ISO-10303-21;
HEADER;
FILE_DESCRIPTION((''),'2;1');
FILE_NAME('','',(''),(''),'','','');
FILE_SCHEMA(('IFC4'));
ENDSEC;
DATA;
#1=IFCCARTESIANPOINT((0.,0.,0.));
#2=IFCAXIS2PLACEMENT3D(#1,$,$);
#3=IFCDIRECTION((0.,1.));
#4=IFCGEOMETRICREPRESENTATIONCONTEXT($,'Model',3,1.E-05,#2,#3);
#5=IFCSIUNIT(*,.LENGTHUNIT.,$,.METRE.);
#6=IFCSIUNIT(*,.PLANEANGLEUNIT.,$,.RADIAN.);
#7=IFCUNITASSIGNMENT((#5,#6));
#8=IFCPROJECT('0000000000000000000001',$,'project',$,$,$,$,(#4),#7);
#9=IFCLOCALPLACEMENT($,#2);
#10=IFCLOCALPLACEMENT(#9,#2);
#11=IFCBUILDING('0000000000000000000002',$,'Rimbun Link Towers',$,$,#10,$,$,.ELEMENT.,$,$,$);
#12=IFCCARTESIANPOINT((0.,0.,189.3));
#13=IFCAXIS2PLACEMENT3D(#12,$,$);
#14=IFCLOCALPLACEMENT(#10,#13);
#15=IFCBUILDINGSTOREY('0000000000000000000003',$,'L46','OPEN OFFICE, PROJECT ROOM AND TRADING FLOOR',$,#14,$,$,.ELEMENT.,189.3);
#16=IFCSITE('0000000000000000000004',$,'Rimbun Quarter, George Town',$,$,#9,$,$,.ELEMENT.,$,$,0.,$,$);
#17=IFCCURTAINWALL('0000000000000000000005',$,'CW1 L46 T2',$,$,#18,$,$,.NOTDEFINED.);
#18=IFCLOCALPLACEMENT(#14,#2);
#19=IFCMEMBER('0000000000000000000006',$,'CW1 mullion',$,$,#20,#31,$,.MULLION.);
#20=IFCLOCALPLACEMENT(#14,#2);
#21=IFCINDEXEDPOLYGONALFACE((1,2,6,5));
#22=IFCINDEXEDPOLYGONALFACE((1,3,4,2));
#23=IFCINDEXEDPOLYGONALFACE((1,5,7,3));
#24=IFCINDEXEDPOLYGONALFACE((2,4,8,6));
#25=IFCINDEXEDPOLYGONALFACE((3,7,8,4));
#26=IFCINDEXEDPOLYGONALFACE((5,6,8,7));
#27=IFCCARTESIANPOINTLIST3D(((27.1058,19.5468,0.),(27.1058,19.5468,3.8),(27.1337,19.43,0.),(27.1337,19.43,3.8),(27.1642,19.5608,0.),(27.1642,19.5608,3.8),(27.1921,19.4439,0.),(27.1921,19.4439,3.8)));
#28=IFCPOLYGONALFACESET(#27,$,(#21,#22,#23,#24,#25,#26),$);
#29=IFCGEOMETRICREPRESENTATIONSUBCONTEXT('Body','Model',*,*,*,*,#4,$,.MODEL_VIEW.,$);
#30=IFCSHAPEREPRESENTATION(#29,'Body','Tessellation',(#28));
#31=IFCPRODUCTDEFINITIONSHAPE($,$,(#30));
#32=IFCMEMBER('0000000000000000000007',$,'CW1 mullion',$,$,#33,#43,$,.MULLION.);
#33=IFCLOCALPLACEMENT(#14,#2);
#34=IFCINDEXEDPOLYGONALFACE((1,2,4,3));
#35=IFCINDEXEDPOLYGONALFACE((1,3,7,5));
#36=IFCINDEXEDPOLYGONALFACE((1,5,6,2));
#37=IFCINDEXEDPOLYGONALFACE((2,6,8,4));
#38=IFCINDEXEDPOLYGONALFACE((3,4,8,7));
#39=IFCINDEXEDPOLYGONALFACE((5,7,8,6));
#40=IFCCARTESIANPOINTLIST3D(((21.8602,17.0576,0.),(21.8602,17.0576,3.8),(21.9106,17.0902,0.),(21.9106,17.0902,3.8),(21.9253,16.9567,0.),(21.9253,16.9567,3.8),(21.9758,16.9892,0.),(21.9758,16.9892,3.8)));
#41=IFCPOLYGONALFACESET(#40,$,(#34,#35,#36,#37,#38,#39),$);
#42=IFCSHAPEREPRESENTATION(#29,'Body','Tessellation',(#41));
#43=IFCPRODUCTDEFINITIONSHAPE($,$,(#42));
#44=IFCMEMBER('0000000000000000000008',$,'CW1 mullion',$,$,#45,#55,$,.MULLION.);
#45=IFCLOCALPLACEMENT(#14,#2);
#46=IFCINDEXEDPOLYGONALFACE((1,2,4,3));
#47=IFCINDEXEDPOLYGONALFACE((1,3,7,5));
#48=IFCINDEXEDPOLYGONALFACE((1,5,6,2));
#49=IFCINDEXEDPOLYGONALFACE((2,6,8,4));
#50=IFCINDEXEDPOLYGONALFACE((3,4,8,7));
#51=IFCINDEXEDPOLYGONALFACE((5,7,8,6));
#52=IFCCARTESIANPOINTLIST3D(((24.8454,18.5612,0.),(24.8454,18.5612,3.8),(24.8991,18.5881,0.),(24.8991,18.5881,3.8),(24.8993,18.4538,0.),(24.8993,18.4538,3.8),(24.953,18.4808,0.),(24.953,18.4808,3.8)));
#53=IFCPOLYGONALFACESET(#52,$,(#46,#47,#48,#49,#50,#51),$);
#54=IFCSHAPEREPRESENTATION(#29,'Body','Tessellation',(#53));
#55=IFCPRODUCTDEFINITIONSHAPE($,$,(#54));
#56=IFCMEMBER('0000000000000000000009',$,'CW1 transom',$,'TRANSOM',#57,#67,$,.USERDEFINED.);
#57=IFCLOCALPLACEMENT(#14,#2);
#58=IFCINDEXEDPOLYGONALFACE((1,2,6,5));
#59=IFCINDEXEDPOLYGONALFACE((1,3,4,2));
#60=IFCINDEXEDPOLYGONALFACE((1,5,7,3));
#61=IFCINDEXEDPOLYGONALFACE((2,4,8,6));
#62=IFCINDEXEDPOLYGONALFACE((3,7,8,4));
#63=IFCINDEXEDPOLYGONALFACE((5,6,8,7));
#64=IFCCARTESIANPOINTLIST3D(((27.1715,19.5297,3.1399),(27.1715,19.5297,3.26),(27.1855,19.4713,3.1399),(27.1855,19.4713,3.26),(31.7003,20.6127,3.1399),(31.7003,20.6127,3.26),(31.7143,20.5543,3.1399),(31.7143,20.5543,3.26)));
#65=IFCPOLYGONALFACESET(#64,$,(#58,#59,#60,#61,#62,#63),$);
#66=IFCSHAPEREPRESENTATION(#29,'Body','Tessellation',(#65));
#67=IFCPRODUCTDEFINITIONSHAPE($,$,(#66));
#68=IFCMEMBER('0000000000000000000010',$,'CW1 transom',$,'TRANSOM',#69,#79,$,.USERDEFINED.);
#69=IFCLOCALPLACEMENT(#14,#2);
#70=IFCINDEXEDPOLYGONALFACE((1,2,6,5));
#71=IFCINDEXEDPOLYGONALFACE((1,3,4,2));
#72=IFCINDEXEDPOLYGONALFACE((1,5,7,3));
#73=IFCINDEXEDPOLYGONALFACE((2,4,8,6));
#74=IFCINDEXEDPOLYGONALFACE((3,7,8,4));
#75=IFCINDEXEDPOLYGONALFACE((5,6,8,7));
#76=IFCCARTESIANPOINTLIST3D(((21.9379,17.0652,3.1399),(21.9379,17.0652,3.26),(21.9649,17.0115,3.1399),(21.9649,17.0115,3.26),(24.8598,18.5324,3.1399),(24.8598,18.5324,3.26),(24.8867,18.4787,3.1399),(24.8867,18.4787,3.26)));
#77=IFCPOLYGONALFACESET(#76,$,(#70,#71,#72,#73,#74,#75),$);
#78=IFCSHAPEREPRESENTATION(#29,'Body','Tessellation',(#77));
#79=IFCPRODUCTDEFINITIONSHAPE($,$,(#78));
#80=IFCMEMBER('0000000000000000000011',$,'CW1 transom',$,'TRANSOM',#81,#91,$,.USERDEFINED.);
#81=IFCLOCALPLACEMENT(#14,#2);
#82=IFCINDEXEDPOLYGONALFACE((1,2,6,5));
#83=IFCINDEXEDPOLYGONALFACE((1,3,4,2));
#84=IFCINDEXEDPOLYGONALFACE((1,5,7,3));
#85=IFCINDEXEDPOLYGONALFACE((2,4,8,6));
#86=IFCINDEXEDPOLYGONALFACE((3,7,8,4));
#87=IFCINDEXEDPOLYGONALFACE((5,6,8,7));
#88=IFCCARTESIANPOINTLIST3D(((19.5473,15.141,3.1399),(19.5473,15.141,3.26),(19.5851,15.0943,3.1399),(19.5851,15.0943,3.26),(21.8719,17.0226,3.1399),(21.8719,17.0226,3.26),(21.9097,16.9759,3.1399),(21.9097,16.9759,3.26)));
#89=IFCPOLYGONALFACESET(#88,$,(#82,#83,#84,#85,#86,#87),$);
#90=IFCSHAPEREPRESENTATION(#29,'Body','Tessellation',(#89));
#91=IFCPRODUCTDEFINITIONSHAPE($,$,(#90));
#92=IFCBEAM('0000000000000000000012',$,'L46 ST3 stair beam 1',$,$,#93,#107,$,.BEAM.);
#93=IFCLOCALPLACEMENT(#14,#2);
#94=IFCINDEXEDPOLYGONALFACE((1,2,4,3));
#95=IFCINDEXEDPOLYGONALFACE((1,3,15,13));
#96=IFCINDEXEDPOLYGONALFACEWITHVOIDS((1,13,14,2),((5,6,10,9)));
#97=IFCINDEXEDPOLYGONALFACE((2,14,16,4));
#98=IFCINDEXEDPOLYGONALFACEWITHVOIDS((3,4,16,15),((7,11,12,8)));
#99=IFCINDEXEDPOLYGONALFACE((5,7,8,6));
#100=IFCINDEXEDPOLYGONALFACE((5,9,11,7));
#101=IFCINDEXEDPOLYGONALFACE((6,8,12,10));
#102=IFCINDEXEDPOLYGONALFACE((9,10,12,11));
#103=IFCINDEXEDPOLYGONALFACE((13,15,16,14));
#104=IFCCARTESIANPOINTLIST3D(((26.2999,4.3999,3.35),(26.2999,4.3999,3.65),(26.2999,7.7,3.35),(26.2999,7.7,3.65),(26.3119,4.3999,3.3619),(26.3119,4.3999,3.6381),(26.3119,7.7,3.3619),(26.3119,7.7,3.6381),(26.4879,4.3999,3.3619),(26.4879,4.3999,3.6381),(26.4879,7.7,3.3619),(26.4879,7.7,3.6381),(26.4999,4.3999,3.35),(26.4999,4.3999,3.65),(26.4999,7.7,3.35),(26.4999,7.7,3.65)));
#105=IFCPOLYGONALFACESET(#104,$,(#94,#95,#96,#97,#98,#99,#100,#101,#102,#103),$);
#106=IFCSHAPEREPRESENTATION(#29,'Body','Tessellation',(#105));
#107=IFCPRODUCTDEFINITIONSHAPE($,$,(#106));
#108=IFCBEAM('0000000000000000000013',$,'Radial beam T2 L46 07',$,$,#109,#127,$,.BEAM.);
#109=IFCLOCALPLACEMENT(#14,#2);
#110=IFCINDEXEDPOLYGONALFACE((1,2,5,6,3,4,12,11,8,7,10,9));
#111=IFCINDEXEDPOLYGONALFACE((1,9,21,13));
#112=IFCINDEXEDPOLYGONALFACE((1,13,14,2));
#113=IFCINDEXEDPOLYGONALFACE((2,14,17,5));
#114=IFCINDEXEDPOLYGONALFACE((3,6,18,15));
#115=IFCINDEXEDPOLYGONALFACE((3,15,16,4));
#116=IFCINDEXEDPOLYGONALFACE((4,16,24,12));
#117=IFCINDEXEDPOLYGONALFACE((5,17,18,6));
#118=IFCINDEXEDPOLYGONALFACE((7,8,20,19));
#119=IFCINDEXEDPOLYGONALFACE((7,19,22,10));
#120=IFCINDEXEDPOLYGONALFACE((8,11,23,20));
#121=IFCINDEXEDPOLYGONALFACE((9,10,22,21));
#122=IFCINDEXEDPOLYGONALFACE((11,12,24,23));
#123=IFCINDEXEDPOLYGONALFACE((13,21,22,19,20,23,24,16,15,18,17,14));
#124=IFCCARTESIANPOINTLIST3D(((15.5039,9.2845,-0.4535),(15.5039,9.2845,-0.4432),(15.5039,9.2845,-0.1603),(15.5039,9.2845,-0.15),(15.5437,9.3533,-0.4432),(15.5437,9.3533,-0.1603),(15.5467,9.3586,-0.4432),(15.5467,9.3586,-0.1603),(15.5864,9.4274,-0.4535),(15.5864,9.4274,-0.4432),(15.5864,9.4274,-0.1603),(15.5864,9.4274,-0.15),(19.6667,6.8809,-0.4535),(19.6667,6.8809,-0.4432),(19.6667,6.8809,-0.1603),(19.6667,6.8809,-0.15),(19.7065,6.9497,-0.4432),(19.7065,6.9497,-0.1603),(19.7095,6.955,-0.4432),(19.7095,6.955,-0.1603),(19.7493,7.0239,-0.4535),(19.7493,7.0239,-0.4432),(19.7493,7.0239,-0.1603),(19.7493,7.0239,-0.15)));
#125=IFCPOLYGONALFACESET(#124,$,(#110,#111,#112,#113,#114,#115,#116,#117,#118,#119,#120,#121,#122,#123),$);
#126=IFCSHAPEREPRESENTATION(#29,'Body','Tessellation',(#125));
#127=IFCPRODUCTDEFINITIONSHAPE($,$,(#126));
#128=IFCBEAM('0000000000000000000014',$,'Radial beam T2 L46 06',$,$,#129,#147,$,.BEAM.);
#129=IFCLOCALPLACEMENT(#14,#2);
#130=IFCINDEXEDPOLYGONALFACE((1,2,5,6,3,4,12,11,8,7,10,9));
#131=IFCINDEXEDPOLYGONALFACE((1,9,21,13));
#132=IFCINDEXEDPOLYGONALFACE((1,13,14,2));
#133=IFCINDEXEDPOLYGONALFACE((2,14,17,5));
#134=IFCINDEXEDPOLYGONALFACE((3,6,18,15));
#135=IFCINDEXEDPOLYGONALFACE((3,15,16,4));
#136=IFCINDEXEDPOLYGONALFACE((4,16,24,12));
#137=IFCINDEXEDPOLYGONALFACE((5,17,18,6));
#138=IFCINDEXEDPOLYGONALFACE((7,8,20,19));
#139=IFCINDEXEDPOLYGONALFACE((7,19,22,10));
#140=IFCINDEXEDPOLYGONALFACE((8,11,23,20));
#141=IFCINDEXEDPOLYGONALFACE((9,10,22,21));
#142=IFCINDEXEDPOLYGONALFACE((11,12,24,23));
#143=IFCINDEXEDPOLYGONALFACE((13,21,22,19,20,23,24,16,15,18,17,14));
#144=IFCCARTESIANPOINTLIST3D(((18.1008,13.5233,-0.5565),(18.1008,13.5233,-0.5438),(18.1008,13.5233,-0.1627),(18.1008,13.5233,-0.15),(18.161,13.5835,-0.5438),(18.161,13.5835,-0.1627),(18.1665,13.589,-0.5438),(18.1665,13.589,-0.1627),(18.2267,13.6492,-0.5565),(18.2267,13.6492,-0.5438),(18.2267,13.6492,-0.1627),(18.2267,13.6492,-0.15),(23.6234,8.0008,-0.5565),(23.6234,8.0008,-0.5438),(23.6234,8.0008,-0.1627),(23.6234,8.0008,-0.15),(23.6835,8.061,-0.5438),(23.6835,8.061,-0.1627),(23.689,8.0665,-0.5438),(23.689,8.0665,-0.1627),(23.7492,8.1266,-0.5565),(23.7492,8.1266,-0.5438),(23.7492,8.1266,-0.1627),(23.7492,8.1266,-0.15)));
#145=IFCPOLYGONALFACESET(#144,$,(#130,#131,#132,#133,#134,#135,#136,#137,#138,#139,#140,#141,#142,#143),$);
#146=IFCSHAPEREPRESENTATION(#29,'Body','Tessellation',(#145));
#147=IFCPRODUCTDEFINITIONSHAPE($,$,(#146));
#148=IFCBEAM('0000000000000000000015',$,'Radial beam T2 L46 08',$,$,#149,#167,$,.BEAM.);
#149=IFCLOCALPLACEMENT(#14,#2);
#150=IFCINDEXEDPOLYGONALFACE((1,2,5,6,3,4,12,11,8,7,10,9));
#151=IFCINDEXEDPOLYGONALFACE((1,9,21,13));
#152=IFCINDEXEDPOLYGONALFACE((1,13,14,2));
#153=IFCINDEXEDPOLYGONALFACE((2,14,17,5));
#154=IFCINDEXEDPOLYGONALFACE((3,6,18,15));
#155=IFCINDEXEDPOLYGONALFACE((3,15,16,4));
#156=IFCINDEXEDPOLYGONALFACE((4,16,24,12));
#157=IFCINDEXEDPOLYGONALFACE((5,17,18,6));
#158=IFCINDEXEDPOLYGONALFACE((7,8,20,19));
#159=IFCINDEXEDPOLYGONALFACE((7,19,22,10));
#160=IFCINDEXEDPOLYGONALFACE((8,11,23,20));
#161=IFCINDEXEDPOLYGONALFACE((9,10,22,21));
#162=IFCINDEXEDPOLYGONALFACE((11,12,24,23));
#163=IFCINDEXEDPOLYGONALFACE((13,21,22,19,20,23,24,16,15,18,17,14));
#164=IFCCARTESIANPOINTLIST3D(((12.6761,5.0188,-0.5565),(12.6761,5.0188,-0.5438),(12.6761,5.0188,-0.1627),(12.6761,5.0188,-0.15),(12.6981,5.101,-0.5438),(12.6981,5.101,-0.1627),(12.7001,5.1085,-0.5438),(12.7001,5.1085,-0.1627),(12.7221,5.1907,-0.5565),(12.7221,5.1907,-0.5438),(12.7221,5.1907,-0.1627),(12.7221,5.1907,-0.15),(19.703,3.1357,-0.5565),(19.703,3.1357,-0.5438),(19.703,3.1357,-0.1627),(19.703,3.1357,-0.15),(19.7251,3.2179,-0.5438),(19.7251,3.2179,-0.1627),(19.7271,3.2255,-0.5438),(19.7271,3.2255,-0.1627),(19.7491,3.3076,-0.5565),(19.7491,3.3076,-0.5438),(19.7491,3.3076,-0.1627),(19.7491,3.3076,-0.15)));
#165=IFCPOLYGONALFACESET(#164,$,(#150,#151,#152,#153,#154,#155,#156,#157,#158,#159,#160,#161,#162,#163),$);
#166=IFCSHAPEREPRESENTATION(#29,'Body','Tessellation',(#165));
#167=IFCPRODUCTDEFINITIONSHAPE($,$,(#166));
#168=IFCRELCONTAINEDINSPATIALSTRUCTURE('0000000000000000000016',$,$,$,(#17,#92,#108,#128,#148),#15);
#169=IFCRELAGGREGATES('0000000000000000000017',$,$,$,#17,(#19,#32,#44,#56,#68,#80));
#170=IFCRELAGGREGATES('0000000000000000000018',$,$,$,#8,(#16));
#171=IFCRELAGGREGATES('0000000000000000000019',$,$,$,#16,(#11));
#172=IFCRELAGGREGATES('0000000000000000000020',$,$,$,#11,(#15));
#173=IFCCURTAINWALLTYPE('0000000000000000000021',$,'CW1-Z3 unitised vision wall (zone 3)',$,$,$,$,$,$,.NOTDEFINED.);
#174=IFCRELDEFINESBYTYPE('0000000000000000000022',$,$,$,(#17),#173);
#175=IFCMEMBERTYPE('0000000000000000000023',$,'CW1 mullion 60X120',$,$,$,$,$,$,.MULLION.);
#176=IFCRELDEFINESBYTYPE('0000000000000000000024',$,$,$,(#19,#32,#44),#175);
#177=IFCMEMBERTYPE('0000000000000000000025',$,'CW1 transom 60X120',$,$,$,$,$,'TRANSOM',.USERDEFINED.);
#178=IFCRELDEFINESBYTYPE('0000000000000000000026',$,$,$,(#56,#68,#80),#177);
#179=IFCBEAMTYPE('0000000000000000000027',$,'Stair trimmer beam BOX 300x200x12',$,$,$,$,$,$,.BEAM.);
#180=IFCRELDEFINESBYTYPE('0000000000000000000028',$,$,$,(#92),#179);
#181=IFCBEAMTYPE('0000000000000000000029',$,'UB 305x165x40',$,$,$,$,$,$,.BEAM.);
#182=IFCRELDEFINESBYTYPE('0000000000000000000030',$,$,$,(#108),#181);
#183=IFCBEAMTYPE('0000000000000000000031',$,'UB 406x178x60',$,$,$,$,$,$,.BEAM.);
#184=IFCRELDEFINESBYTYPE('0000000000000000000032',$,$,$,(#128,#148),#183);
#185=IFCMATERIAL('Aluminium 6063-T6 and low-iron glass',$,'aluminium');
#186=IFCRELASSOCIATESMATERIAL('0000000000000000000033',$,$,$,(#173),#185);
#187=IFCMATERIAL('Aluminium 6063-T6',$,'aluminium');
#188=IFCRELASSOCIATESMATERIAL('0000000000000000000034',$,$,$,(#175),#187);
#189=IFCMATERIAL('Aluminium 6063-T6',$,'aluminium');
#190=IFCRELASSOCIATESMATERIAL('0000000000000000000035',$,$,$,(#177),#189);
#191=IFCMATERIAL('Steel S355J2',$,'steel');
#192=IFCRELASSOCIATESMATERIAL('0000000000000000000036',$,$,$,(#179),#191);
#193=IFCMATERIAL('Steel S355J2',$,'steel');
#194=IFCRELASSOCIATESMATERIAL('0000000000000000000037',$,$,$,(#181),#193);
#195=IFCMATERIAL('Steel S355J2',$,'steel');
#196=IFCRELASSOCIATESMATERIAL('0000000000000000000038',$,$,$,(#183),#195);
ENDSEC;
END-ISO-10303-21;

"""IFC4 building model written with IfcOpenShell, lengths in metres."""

from ifc_helpers import new_model, si_unit, direction, frame, origin, origin_2d, place, context, subcontext, project, spatial, rectangle, hollow_rectangle, i_section, extrude, material, material_profile, profile_set, type_object, element, aggregate, save


model = new_model("IFC4")

# Units and contexts
model_context = context("Model", 3, precision=1e-05, world=origin(), true_north=direction((0.0, 1.0)))
body_context = subcontext(model_context, "Body", "Model", "MODEL_VIEW")
ifc_project = project(units=[si_unit("LENGTHUNIT", "METRE"), si_unit("PLANEANGLEUNIT", "RADIAN")], contexts=[model_context])

# Site, building, storey
site_placement = place(None, origin())
site = spatial("IfcSite", under=ifc_project, at=site_placement, Name="Rimbun Quarter, George Town", CompositionType="ELEMENT", RefElevation=0.0)
building_placement = place(site_placement, origin())
building = spatial("IfcBuilding", under=site, at=building_placement, Name="Rimbun Link Towers", CompositionType="ELEMENT")
storey_placement = place(building_placement, frame((0.0, 0.0, 189.3)))
storey = spatial("IfcBuildingStorey", under=building, at=storey_placement, Name="L46", Description="OPEN OFFICE, PROJECT ROOM AND TRADING FLOOR", CompositionType="ELEMENT", Elevation=189.3)

# Curtain wall, members
ifc_material_1 = material(Name="Aluminium 6063-T6 and low-iron glass", Category="aluminium")
curtain_wall_type = type_object("IfcCurtainWallType", Name="CW1-Z3 unitised vision wall (zone 3)", PredefinedType="NOTDEFINED", material=ifc_material_1)
curtain_wall_placement = place(storey_placement, origin())
curtain_wall = element("IfcCurtainWall", 1, at=curtain_wall_placement, inside=storey, type_object=curtain_wall_type, Name="CW1 L46 T2", PredefinedType="NOTDEFINED")
ifc_material_2 = material(Name="Aluminium 6063-T6", Category="aluminium")
ifc_material_profile_1 = material_profile(ifc_material_2, rectangle(XDim=0.1201, YDim=0.0601, at=origin_2d()), Name="MULLION 60X120")
ifc_profile_set_1 = profile_set([ifc_material_profile_1], Name="Aluminium 6063-T6")
member_type_1 = type_object("IfcMemberType", Name="CW1 mullion 60X120", PredefinedType="MULLION", material=ifc_profile_set_1)
member_1_placement = place(storey_placement, frame((27.1489, 19.4954, 0.0), z_axis=(0.0, 0.0, 1.0), x_axis=(-0.232596, 0.972573, 0.0)))
member_1 = element("IfcMember", 2, at=member_1_placement, type_object=member_type_1, Name="CW1 mullion", PredefinedType="MULLION", context=body_context, shape_type="SweptSolid", body=[
    extrude(rectangle(XDim=0.1201, YDim=0.0601, at=origin_2d()), origin(), (0.0, 0.0, 1.0), 3.8),
])
member_2_placement = place(storey_placement, frame((21.918, 17.0234, 0.0), z_axis=(0.0, 0.0, 1.0), x_axis=(-0.542094, 0.840318, 0.0)))
member_2 = element("IfcMember", 3, at=member_2_placement, type_object=member_type_1, Name="CW1 mullion", PredefinedType="MULLION", context=body_context, shape_type="SweptSolid", body=[
    extrude(rectangle(XDim=0.1201, YDim=0.0601, at=origin_2d()), origin(), (0.0, 0.0, 1.0), 3.8),
])
member_3_placement = place(storey_placement, frame((24.8992, 18.521, 0.0), z_axis=(0.0, 0.0, 1.0), x_axis=(-0.448781, 0.893642, 0.0)))
member_3 = element("IfcMember", 4, at=member_3_placement, type_object=member_type_1, Name="CW1 mullion", PredefinedType="MULLION", context=body_context, shape_type="SweptSolid", body=[
    extrude(rectangle(XDim=0.1201, YDim=0.0601, at=origin_2d()), origin(), (0.0, 0.0, 1.0), 3.8),
])
ifc_material_3 = material(Name="Aluminium 6063-T6", Category="aluminium")
ifc_material_profile_2 = material_profile(ifc_material_3, rectangle(XDim=0.0601, YDim=0.1201, at=origin_2d()), Name="TRANSOM 60X120")
ifc_profile_set_2 = profile_set([ifc_material_profile_2], Name="Aluminium 6063-T6")
member_type_2 = type_object("IfcMemberType", Name="CW1 transom 60X120", ElementType="TRANSOM", PredefinedType="USERDEFINED", material=ifc_profile_set_2)
member_4_placement = place(storey_placement, frame((27.1785, 19.5005, 3.2), z_axis=(0.972577, 0.23258, 0.0), x_axis=(-0.23258, 0.972577, 0.0)))
member_4 = element("IfcMember", 5, at=member_4_placement, type_object=member_type_2, Name="CW1 transom", ObjectType="TRANSOM", PredefinedType="USERDEFINED", context=body_context, shape_type="SweptSolid", body=[
    extrude(rectangle(XDim=0.0601, YDim=0.1201, at=origin_2d()), origin(), (0.0, 0.0, 1.0), 4.6565),
])
member_5_placement = place(storey_placement, frame((21.9514, 17.0383, 3.2), z_axis=(0.893649, 0.448766, 0.0), x_axis=(-0.448766, 0.893649, 0.0)))
member_5 = element("IfcMember", 6, at=member_5_placement, type_object=member_type_2, Name="CW1 transom", ObjectType="TRANSOM", PredefinedType="USERDEFINED", context=body_context, shape_type="SweptSolid", body=[
    extrude(rectangle(XDim=0.0601, YDim=0.1201, at=origin_2d()), origin(), (0.0, 0.0, 1.0), 3.2695),
])
member_6_placement = place(storey_placement, frame((19.5662, 15.1177, 3.2), z_axis=(0.777296, 0.629135, 0.0), x_axis=(-0.629135, 0.777296, 0.0)))
member_6 = element("IfcMember", 7, at=member_6_placement, type_object=member_type_2, Name="CW1 transom", ObjectType="TRANSOM", PredefinedType="USERDEFINED", context=body_context, shape_type="SweptSolid", body=[
    extrude(rectangle(XDim=0.0601, YDim=0.1201, at=origin_2d()), origin(), (0.0, 0.0, 1.0), 2.9907),
])

# Beams
ifc_material_4 = material(Name="Steel S355J2", Category="steel")
ifc_material_profile_3 = material_profile(ifc_material_4, hollow_rectangle(XDim=0.2, YDim=0.3, WallThickness=0.012, at=origin_2d()), Name="BOX 300x200x12")
ifc_profile_set_3 = profile_set([ifc_material_profile_3], Name="Steel S355J2")
beam_type_1 = type_object("IfcBeamType", Name="Stair trimmer beam BOX 300x200x12", PredefinedType="BEAM", material=ifc_profile_set_3)
beam_1_placement = place(storey_placement, frame((26.3999, 7.7, 3.5), z_axis=(0.0, -1.0, 0.0), x_axis=(1.0, 0.0, 0.0)))
element("IfcBeam", 8, at=beam_1_placement, inside=storey, type_object=beam_type_1, Name="L46 ST3 stair beam 1", PredefinedType="BEAM", context=body_context, shape_type="SweptSolid", body=[
    extrude(hollow_rectangle(XDim=0.2, YDim=0.3, WallThickness=0.012, at=origin_2d()), origin(), (0.0, 0.0, 1.0), 3.3),
])
ifc_material_5 = material(Name="Steel S355J2", Category="steel")
ifc_material_profile_4 = material_profile(ifc_material_5, i_section(OverallWidth=0.165, OverallDepth=0.3035, WebThickness=0.0061, FlangeThickness=0.0103, at=origin_2d()), Name="UB 305x165x40")
ifc_profile_set_4 = profile_set([ifc_material_profile_4], Name="Steel S355J2")
beam_type_2 = type_object("IfcBeamType", Name="UB 305x165x40", PredefinedType="BEAM", material=ifc_profile_set_4)
beam_2_placement = place(storey_placement, frame((19.708, 6.9524, -0.3018), z_axis=(-0.866012, 0.500023, 0.0), x_axis=(-0.500023, -0.866012, 0.0)))
element("IfcBeam", 9, at=beam_2_placement, inside=storey, type_object=beam_type_2, Name="Radial beam T2 L46 07", PredefinedType="BEAM", context=body_context, shape_type="SweptSolid", body=[
    extrude(i_section(OverallWidth=0.165, OverallDepth=0.3035, WebThickness=0.0061, FlangeThickness=0.0103, at=origin_2d()), origin(), (0.0, 0.0, 1.0), 4.8069),
])
ifc_material_6 = material(Name="Steel S355J2", Category="steel")
ifc_material_profile_5 = material_profile(ifc_material_6, i_section(OverallWidth=0.178, OverallDepth=0.4065, WebThickness=0.0078, FlangeThickness=0.0127, at=origin_2d()), Name="UB 406x178x60")
ifc_profile_set_5 = profile_set([ifc_material_profile_5], Name="Steel S355J2")
beam_type_3 = type_object("IfcBeamType", Name="UB 406x178x60", PredefinedType="BEAM", material=ifc_profile_set_5)
beam_3_placement = place(storey_placement, frame((23.6863, 8.0637, -0.3533), z_axis=(-0.707107, 0.707107, 0.0), x_axis=(-0.707107, -0.707107, 0.0)))
element("IfcBeam", 10, at=beam_3_placement, inside=storey, type_object=beam_type_3, Name="Radial beam T2 L46 06", PredefinedType="BEAM", context=body_context, shape_type="SweptSolid", body=[
    extrude(i_section(OverallWidth=0.178, OverallDepth=0.4065, WebThickness=0.0078, FlangeThickness=0.0127, at=origin_2d()), origin(), (0.0, 0.0, 1.0), 7.8101),
])
beam_4_placement = place(storey_placement, frame((19.7261, 3.2217, -0.3533), z_axis=(-0.965918, 0.258847, 0.0), x_axis=(-0.258847, -0.965918, 0.0)))
element("IfcBeam", 11, at=beam_4_placement, inside=storey, type_object=beam_type_3, Name="Radial beam T2 L46 08", PredefinedType="BEAM", context=body_context, shape_type="SweptSolid", body=[
    extrude(i_section(OverallWidth=0.178, OverallDepth=0.4065, WebThickness=0.0078, FlangeThickness=0.0127, at=origin_2d()), origin(), (0.0, 0.0, 1.0), 7.2749),
])

aggregate(curtain_wall, [member_1, member_2, member_3, member_4, member_5, member_6])

save(model, "model.ifc")
